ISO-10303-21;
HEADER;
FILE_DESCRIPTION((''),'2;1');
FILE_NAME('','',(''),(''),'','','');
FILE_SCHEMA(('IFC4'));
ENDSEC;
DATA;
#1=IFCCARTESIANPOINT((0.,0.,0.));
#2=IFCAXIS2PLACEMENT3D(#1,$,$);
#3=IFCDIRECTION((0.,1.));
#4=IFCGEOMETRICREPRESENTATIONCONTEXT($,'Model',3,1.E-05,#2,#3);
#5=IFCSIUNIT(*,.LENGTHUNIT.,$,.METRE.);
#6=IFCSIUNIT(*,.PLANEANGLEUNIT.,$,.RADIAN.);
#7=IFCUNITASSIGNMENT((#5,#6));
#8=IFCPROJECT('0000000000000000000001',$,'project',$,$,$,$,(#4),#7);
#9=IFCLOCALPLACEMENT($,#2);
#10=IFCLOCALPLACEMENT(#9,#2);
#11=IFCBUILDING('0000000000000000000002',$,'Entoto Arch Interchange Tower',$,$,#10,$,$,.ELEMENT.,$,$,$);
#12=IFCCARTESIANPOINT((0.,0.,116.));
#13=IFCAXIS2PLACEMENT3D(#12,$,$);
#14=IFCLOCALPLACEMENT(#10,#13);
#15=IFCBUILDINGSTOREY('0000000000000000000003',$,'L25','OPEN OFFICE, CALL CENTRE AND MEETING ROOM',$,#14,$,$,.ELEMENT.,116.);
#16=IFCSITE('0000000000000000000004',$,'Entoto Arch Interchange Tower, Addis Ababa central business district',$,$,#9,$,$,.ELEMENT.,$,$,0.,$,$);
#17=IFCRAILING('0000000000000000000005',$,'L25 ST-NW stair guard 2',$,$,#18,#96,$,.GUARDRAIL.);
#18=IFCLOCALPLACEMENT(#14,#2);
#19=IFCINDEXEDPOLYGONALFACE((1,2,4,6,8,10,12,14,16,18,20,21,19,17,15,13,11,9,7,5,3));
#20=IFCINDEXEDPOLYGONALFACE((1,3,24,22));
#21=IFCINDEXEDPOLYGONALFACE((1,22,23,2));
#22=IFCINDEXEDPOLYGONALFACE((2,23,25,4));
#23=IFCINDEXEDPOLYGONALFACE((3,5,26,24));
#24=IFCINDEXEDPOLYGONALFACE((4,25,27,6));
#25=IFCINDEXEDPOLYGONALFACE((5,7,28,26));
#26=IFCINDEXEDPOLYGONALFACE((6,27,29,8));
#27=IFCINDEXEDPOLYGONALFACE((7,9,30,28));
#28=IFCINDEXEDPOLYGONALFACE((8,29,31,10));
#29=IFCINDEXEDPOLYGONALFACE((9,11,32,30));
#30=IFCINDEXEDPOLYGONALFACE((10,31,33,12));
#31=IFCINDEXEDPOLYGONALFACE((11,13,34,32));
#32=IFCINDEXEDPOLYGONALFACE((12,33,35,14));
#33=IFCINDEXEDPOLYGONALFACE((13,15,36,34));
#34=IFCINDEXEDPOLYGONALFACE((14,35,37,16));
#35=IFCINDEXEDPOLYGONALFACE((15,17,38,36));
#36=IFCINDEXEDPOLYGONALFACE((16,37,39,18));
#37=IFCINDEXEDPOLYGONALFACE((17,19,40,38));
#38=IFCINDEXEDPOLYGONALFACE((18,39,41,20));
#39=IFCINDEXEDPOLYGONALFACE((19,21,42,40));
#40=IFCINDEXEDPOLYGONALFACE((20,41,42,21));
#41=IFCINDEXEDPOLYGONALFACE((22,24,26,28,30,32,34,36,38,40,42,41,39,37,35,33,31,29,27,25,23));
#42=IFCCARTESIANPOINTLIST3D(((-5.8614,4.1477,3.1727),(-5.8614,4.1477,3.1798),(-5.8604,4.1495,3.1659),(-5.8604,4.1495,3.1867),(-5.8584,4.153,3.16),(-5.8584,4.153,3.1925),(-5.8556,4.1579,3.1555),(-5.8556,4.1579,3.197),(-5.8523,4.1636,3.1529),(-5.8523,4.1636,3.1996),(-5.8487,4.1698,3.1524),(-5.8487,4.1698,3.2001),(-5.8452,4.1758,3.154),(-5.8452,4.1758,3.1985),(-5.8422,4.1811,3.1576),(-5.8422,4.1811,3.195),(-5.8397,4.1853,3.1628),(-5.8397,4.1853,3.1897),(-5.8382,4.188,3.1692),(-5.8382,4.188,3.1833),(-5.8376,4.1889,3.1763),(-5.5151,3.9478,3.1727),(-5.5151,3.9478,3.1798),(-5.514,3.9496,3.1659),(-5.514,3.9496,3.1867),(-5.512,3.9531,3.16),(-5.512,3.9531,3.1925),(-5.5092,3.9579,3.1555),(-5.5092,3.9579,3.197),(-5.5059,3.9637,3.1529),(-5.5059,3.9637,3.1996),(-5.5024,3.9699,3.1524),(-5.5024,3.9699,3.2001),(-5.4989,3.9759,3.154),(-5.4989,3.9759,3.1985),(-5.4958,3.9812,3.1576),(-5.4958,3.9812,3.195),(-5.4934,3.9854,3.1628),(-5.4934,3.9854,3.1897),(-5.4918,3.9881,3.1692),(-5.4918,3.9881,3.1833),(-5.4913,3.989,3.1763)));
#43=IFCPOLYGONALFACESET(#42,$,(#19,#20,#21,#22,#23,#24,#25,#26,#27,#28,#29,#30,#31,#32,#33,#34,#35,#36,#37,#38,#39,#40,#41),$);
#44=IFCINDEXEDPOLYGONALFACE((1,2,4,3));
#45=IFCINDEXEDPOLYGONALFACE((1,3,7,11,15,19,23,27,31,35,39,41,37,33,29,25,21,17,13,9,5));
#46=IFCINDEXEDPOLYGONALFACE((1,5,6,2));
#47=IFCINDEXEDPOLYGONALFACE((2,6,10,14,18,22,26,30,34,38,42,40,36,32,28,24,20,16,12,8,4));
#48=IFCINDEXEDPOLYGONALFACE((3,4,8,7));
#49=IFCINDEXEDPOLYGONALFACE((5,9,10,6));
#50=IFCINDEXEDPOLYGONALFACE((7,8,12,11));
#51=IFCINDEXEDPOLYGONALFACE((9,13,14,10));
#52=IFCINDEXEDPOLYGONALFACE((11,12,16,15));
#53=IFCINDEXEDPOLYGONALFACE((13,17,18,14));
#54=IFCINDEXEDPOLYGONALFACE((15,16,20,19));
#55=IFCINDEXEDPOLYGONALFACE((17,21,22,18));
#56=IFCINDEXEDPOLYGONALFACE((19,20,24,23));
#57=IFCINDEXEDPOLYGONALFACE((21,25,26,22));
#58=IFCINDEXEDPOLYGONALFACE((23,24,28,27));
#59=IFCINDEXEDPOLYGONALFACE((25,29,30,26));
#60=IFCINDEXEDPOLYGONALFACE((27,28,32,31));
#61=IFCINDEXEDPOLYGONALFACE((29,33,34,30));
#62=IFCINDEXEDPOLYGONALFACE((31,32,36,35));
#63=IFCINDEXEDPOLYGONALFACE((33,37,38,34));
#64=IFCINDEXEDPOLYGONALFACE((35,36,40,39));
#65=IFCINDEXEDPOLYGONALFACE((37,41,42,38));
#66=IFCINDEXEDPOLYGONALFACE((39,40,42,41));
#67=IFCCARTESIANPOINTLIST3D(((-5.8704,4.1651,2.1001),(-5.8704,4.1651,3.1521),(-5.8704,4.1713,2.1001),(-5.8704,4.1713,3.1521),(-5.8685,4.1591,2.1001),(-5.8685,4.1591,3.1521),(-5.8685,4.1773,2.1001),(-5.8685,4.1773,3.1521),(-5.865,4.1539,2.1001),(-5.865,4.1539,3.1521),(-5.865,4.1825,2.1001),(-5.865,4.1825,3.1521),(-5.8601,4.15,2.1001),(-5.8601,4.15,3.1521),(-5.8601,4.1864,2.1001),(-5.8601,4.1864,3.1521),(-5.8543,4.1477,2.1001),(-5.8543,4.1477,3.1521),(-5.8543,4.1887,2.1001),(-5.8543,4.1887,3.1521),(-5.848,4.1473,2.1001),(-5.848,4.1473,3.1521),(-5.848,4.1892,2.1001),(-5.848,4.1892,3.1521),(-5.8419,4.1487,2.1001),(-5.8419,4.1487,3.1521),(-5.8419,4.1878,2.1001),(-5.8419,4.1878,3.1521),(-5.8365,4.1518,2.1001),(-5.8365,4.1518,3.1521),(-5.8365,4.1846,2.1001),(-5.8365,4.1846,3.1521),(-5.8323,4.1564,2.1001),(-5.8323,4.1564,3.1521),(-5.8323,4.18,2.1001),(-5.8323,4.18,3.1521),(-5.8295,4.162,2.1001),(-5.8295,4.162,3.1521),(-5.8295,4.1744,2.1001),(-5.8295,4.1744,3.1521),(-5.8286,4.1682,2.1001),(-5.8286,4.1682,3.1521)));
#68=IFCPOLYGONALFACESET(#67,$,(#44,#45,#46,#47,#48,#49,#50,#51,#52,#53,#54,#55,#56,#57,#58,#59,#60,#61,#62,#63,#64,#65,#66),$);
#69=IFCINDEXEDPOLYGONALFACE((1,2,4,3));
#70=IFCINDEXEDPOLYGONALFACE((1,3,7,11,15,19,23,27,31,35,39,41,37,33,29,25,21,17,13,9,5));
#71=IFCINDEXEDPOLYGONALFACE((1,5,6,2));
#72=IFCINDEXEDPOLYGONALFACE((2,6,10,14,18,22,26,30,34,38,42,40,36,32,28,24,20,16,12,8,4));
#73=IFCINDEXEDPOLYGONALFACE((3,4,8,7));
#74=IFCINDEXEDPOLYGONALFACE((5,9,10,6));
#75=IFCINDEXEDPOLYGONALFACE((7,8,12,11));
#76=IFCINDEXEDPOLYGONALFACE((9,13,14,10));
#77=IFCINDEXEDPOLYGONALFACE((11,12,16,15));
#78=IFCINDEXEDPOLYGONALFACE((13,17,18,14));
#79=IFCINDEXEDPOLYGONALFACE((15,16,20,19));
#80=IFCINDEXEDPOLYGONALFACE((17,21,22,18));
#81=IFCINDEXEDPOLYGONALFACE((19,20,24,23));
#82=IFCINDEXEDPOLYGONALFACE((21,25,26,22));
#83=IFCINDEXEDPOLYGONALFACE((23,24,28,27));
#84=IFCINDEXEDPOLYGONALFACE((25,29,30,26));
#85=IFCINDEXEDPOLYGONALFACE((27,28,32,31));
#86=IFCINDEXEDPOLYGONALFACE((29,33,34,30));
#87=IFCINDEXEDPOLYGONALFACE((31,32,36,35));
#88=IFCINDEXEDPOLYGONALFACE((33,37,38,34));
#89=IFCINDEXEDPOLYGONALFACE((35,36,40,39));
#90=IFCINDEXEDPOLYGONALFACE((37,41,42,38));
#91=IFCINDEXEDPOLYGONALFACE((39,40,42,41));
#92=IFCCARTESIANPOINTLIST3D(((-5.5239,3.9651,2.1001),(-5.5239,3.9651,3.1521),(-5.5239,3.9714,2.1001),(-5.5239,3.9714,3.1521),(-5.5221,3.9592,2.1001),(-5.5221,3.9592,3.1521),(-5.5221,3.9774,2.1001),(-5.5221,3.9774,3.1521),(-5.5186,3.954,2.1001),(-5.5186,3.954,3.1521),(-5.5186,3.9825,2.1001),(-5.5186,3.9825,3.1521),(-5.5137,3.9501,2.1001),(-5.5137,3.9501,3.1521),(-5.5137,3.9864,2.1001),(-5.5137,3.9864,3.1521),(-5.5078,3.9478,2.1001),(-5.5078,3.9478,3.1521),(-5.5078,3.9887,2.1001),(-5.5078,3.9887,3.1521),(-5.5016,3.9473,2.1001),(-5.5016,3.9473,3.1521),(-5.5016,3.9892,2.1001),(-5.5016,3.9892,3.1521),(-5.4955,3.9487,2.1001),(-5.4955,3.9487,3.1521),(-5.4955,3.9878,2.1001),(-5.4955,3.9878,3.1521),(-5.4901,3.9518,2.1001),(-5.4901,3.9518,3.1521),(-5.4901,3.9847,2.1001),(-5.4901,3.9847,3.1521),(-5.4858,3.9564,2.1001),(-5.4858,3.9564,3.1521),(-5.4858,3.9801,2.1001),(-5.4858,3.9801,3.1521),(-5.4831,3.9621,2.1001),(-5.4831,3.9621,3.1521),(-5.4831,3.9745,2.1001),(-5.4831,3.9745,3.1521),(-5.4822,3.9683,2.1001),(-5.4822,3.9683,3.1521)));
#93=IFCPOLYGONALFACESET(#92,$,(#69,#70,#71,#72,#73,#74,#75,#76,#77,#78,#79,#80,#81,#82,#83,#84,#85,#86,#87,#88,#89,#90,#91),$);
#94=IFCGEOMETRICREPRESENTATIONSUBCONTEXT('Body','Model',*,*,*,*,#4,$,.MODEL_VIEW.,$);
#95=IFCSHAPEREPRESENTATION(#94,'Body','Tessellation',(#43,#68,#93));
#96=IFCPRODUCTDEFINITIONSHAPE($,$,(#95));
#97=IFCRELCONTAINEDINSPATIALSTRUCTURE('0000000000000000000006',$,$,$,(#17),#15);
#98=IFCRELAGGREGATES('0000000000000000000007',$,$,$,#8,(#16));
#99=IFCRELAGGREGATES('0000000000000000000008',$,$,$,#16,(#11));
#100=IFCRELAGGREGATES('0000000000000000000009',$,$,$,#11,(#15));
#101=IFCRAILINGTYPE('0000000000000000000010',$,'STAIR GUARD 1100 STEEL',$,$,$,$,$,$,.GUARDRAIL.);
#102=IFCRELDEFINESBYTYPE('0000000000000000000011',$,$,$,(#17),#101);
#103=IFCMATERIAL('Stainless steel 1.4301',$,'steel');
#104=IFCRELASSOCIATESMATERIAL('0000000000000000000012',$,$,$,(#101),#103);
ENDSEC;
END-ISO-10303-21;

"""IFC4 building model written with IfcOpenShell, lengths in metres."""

from ifc_helpers import new_model, si_unit, direction, frame, origin, origin_2d, place, context, subcontext, project, spatial, circle, extrude, material, type_object, element, save


model = new_model("IFC4")

# Units and contexts
model_context = context("Model", 3, precision=1e-05, world=origin(), true_north=direction((0.0, 1.0)))
body_context = subcontext(model_context, "Body", "Model", "MODEL_VIEW")
ifc_project = project(units=[si_unit("LENGTHUNIT", "METRE"), si_unit("PLANEANGLEUNIT", "RADIAN")], contexts=[model_context])

# Site, building, storey
site_placement = place(None, origin())
site = spatial("IfcSite", under=ifc_project, at=site_placement, Name="Entoto Arch Interchange Tower, Addis Ababa central business district", CompositionType="ELEMENT", RefElevation=0.0)
building_placement = place(site_placement, origin())
building = spatial("IfcBuilding", under=site, at=building_placement, Name="Entoto Arch Interchange Tower", CompositionType="ELEMENT")
storey_placement = place(building_placement, frame((0.0, 0.0, 116.0)))
storey = spatial("IfcBuildingStorey", under=building, at=storey_placement, Name="L25", Description="OPEN OFFICE, CALL CENTRE AND MEETING ROOM", CompositionType="ELEMENT", Elevation=116.0)

# Railing
ifc_material_1 = material(Name="Stainless steel 1.4301", Category="steel")
railing_type_1 = type_object("IfcRailingType", Name="STAIR GUARD 1100 STEEL", PredefinedType="GUARDRAIL", material=ifc_material_1)
railing_1_placement = place(storey_placement, frame((-5.8496, 4.1682, 2.1001)))
element("IfcRailing", 1, at=railing_1_placement, inside=storey, type_object=railing_type_1, Name="L25 ST-NW stair guard 2", PredefinedType="GUARDRAIL", context=body_context, shape_type="SweptSolid", body=[
    extrude(circle(Radius=0.0239, at=origin_2d()), frame((0.0, 0.0, 1.0762), z_axis=(0.866094, -0.499881, 0.0), x_axis=(0.499881, 0.866094, 0.0)), (0.0, 0.0, 1.0), 0.3999),
    extrude(circle(Radius=0.021, at=origin_2d()), origin(), (0.0, 0.0, 1.0), 1.052),
    extrude(circle(Radius=0.021, at=origin_2d()), frame((0.3464, -0.2, 0.0)), (0.0, 0.0, 1.0), 1.052),
])

save(model, "model.ifc")
